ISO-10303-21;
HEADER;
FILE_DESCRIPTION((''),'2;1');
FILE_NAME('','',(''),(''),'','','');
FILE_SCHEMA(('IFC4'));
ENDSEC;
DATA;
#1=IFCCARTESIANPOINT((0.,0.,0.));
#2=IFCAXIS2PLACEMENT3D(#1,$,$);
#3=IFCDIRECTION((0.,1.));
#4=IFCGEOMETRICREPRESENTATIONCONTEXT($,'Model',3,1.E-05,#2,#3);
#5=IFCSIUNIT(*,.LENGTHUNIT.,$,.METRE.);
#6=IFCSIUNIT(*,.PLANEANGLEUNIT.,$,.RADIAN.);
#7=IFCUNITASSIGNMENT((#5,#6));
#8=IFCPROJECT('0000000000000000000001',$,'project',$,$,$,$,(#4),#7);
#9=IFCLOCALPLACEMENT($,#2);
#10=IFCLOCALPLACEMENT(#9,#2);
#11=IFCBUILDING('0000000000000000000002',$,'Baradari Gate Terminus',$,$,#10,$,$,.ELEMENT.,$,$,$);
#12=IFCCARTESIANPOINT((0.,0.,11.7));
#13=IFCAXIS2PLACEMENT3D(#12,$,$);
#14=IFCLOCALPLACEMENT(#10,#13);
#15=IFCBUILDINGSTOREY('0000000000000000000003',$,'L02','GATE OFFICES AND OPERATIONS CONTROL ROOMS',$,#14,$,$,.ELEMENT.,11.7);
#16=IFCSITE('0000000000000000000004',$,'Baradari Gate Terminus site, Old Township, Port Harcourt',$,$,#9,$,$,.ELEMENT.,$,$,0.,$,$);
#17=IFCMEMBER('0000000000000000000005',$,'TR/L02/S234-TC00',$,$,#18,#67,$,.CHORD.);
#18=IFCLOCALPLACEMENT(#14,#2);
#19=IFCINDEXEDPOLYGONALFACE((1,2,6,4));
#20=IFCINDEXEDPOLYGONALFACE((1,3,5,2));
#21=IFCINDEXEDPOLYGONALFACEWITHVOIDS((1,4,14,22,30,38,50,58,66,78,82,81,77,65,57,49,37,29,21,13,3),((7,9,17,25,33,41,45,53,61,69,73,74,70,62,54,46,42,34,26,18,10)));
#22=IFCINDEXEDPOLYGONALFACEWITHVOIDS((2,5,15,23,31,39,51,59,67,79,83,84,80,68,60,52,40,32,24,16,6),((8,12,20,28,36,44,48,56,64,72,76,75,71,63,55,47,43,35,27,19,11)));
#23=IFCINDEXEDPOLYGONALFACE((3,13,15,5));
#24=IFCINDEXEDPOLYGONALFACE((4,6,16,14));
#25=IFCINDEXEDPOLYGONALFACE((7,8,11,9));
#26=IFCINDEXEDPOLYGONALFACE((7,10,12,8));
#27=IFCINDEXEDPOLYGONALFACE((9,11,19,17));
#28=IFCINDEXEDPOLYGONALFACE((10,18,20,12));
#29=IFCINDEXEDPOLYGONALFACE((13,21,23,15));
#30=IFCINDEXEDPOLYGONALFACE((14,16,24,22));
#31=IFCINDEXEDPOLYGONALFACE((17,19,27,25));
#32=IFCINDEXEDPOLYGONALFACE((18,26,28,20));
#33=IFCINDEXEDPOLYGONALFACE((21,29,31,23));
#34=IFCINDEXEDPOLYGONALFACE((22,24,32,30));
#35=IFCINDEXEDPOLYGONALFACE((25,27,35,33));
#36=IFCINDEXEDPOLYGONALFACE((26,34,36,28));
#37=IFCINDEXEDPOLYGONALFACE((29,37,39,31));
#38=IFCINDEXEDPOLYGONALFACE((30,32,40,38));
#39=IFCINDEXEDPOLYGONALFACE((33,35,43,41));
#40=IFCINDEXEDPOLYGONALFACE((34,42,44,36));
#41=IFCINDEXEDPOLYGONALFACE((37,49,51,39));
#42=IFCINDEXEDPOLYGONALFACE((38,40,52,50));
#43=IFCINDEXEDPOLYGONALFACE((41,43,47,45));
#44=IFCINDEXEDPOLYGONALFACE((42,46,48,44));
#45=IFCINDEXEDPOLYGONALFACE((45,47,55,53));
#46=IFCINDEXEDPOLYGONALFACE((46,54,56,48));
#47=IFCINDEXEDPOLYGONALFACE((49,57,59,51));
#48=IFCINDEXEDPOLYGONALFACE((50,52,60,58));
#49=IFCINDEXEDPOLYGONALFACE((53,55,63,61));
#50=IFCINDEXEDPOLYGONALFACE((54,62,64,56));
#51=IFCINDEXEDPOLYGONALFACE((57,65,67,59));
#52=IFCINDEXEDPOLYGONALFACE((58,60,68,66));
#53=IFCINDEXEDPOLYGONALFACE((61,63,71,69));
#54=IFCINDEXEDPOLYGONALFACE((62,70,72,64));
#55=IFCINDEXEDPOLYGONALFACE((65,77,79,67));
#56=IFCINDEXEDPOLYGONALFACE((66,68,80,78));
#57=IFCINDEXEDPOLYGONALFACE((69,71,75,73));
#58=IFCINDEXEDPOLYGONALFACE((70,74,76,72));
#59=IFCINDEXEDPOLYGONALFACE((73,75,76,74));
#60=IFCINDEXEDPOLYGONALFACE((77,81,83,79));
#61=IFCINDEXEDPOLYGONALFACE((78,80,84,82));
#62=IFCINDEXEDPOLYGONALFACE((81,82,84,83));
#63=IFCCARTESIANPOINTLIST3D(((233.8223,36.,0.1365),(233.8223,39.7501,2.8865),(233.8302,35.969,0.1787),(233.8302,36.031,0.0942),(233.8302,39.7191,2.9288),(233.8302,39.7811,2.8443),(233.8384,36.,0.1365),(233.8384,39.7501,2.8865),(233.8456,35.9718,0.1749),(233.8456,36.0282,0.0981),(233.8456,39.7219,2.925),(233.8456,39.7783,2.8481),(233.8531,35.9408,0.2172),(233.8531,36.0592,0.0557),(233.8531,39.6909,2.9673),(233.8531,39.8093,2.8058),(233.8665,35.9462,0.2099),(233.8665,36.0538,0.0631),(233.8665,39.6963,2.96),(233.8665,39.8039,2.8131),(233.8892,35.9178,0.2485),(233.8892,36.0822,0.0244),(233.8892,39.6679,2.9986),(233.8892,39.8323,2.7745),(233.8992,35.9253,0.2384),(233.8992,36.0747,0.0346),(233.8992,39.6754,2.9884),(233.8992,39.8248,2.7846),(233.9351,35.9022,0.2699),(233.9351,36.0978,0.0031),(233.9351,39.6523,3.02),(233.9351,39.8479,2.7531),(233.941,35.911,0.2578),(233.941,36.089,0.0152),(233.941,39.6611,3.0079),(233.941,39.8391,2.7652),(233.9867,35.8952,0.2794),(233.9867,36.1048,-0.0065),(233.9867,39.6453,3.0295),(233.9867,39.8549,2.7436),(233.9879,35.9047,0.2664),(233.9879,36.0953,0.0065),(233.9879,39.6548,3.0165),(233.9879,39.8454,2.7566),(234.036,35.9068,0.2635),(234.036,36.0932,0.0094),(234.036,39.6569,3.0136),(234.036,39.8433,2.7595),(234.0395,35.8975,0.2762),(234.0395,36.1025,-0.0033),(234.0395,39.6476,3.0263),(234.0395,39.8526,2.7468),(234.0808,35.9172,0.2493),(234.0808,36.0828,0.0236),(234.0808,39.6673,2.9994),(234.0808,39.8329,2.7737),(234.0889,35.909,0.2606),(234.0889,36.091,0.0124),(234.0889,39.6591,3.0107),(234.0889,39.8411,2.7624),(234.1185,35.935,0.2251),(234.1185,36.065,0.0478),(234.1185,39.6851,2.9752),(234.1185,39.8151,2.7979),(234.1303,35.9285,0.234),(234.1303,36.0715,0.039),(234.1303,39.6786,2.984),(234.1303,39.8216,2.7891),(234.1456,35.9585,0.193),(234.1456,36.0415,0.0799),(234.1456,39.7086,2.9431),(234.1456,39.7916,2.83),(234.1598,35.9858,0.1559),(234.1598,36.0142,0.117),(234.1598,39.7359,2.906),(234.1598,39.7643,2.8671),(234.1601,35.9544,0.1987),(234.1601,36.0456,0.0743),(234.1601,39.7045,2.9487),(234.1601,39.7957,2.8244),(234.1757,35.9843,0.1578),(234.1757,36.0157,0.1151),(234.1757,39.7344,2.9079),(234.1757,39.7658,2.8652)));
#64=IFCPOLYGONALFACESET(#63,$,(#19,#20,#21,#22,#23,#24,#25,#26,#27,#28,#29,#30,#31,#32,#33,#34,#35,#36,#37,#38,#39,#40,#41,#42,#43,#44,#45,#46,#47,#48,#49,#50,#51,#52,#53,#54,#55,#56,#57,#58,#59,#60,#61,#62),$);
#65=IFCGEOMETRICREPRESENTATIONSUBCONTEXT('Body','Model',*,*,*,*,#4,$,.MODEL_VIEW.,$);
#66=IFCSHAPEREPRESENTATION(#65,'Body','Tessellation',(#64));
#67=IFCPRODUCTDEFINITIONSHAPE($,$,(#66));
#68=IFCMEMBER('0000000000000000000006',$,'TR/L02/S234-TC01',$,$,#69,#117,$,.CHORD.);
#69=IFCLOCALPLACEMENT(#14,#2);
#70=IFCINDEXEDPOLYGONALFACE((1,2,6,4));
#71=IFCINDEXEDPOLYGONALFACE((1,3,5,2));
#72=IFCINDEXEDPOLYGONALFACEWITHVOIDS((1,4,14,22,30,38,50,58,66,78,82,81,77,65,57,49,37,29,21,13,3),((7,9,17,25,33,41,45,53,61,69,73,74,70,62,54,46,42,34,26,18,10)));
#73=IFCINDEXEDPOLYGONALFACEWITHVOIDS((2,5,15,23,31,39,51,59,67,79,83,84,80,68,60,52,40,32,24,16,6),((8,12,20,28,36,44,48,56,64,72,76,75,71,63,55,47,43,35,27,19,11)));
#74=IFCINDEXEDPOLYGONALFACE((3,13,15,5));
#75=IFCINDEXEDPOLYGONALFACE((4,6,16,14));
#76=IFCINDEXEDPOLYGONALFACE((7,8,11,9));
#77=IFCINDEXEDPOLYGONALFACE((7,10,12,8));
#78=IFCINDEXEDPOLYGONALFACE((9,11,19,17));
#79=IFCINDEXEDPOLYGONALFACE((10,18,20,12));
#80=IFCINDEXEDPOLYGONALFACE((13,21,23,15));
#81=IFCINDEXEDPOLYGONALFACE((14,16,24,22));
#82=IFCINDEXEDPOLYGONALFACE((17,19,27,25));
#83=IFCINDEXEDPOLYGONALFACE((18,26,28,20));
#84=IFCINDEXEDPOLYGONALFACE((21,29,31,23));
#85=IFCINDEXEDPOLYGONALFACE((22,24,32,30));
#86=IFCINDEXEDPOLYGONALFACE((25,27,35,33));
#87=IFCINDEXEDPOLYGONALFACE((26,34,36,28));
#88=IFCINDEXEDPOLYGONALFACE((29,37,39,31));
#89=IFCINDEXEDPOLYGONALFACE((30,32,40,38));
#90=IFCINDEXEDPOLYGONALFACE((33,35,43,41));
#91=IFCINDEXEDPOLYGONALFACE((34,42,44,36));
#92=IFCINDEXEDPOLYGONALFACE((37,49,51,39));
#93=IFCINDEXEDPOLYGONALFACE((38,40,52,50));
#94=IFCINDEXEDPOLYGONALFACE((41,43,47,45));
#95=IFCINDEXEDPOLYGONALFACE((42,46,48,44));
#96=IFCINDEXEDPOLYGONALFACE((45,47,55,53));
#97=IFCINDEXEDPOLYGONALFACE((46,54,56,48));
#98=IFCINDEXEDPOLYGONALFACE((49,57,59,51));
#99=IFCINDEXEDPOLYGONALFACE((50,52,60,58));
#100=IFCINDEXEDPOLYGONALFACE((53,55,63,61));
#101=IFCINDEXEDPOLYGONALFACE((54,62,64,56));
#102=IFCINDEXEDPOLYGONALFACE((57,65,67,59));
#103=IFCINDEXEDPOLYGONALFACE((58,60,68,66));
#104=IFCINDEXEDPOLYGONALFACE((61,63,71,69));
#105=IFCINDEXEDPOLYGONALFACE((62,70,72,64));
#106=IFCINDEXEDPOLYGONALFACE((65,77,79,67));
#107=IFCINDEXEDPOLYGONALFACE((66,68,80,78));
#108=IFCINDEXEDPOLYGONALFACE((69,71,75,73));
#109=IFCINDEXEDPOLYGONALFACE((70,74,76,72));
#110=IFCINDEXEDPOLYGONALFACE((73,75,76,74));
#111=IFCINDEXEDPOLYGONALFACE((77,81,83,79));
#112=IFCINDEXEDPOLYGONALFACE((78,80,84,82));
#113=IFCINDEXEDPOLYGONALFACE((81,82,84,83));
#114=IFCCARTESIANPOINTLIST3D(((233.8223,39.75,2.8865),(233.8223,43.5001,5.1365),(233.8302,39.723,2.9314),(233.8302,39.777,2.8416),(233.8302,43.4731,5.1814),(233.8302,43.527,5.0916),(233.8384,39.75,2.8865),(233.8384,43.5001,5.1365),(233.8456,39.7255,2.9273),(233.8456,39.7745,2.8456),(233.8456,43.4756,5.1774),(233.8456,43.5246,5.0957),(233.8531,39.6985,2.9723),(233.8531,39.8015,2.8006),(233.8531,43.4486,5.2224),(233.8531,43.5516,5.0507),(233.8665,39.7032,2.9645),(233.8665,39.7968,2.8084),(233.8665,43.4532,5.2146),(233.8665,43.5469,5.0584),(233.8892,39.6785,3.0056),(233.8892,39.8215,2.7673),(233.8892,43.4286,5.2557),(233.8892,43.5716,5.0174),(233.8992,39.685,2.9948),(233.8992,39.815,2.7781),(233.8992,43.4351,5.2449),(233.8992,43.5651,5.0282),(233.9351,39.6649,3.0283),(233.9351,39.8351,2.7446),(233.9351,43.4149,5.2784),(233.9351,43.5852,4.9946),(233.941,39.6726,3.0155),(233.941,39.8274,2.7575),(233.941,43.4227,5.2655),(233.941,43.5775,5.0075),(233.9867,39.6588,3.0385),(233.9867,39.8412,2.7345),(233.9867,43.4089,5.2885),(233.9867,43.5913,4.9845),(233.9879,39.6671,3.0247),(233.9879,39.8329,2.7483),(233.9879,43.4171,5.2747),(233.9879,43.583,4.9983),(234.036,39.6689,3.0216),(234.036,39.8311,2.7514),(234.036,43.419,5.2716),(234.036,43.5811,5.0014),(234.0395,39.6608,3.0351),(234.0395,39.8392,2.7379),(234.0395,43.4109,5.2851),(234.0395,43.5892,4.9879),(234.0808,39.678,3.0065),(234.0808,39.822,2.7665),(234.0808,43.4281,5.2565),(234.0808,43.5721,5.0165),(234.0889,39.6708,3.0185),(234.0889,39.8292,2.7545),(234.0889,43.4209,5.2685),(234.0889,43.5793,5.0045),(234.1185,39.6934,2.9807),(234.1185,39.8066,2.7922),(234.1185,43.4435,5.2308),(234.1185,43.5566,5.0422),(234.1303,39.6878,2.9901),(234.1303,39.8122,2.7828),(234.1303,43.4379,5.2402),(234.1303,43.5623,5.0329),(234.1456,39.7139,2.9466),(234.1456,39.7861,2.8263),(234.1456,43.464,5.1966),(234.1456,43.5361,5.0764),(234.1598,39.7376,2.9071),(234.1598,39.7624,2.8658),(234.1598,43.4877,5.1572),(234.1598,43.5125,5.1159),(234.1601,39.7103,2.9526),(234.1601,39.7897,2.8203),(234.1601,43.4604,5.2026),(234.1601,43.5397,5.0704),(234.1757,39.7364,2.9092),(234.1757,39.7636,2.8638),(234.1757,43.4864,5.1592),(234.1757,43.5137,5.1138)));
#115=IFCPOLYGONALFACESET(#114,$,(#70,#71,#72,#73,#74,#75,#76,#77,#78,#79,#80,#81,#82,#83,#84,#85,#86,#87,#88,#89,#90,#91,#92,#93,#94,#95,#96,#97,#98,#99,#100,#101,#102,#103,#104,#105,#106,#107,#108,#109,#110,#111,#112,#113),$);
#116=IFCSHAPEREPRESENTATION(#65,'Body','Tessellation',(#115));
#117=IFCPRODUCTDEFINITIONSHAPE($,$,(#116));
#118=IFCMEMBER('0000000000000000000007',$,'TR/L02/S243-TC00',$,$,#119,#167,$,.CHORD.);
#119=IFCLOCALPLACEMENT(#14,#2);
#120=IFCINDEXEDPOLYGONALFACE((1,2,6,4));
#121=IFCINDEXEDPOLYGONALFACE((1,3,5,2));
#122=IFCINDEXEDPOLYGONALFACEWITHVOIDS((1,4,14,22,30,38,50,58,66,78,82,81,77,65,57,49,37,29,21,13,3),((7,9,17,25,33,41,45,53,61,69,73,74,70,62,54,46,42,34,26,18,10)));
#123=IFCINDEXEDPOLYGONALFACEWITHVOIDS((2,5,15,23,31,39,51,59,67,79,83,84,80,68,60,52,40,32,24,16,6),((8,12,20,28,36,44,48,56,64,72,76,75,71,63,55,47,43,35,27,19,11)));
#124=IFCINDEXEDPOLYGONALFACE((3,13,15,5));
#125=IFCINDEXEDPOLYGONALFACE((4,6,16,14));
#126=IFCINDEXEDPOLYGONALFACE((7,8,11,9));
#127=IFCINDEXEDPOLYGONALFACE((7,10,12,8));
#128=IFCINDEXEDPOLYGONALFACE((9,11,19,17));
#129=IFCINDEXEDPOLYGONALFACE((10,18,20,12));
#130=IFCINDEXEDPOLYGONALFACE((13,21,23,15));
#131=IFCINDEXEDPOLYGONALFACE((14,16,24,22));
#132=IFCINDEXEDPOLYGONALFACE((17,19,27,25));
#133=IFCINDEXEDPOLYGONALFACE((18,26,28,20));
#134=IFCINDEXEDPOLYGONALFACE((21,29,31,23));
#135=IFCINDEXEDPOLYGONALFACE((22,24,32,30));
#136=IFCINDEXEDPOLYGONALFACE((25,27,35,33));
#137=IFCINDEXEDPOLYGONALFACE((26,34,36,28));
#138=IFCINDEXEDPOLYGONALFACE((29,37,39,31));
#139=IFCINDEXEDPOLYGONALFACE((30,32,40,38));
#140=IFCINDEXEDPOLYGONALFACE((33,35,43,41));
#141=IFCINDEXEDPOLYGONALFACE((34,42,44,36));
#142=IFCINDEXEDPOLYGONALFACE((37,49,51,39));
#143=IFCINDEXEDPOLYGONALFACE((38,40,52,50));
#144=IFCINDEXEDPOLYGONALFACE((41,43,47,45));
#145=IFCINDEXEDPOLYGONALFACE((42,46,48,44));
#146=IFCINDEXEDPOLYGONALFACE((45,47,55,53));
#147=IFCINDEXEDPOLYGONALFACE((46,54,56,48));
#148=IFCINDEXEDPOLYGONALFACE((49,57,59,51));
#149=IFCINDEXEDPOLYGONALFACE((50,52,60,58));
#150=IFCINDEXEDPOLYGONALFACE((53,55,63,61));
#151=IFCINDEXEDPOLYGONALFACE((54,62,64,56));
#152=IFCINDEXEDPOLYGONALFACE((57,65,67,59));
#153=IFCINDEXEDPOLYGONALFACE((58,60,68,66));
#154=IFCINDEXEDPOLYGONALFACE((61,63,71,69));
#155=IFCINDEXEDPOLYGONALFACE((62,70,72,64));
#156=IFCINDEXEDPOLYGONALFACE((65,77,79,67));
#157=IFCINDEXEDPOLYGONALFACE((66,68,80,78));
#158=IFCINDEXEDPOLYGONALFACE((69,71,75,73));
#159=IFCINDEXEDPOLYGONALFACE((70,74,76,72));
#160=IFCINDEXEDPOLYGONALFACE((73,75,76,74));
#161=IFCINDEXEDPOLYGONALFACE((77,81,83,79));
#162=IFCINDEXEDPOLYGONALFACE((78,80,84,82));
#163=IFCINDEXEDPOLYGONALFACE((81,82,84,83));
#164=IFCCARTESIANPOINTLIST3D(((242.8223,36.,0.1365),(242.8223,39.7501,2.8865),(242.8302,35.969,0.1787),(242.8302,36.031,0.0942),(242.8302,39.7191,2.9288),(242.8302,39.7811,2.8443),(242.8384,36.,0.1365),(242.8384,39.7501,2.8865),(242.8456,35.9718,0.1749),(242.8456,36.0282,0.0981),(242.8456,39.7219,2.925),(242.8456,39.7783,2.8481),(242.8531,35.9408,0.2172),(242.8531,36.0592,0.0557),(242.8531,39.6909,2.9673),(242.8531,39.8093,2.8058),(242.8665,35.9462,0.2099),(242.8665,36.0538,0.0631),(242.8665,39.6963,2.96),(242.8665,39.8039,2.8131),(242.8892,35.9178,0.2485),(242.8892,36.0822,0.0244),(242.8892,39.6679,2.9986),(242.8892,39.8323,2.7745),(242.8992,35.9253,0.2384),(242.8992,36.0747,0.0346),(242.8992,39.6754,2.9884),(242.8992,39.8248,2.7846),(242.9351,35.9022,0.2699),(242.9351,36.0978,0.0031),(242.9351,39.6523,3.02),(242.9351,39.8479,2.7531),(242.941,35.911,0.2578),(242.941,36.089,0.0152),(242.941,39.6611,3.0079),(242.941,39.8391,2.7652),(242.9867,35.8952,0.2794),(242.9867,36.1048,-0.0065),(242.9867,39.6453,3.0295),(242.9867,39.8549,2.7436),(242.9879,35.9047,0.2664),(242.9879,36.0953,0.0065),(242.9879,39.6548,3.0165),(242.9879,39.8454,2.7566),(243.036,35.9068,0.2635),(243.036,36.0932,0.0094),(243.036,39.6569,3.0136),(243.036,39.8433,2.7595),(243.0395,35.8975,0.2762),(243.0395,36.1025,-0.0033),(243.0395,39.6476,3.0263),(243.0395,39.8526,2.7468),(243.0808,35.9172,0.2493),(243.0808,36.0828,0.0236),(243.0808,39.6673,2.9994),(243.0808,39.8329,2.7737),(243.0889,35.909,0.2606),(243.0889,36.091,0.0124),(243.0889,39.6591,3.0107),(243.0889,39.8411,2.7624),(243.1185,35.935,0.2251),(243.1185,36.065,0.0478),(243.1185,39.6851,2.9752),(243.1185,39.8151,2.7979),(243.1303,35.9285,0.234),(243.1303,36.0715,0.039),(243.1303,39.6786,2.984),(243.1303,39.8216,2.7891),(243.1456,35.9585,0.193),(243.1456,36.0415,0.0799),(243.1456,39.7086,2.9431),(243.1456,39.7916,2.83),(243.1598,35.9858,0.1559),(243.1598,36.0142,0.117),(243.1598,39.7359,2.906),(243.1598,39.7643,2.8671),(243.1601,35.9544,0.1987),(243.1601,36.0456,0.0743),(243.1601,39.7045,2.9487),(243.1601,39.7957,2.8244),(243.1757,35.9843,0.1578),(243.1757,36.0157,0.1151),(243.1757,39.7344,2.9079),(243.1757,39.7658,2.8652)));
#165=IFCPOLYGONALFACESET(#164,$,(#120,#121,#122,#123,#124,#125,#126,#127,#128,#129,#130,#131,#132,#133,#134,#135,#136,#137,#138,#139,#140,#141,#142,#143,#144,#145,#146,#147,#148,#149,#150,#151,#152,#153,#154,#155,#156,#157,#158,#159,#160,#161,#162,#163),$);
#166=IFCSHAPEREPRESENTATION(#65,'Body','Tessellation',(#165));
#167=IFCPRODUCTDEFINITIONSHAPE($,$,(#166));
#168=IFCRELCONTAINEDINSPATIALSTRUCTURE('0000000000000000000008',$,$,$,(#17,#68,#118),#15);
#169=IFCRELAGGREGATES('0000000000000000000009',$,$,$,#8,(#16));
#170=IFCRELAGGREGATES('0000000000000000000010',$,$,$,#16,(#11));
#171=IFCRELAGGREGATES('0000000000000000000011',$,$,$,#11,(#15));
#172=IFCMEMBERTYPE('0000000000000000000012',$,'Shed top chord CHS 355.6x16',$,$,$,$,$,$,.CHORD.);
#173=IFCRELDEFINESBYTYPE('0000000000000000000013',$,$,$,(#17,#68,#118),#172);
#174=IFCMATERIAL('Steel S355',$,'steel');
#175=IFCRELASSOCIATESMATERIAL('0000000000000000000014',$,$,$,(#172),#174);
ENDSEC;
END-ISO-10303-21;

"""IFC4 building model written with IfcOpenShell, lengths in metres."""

from ifc_helpers import new_model, si_unit, direction, frame, origin, origin_2d, place, context, subcontext, project, spatial, hollow_circle, extrude, material, material_profile, profile_set, type_object, element, save


model = new_model("IFC4")

# Units and contexts
model_context = context("Model", 3, precision=1e-05, world=origin(), true_north=direction((0.0, 1.0)))
body_context = subcontext(model_context, "Body", "Model", "MODEL_VIEW")
ifc_project = project(units=[si_unit("LENGTHUNIT", "METRE"), si_unit("PLANEANGLEUNIT", "RADIAN")], contexts=[model_context])

# Site, building, storey
site_placement = place(None, origin())
site = spatial("IfcSite", under=ifc_project, at=site_placement, Name="Baradari Gate Terminus site, Old Township, Port Harcourt", CompositionType="ELEMENT", RefElevation=0.0)
building_placement = place(site_placement, origin())
building = spatial("IfcBuilding", under=site, at=building_placement, Name="Baradari Gate Terminus", CompositionType="ELEMENT")
storey_placement = place(building_placement, frame((0.0, 0.0, 11.7)))
storey = spatial("IfcBuildingStorey", under=building, at=storey_placement, Name="L02", Description="GATE OFFICES AND OPERATIONS CONTROL ROOMS", CompositionType="ELEMENT", Elevation=11.7)

# Members
ifc_material_1 = material(Name="Steel S355", Category="steel")
ifc_material_profile_1 = material_profile(ifc_material_1, hollow_circle(Radius=0.1777, WallThickness=0.0161, at=origin_2d()), Name="CHS 355.6x16")
ifc_profile_set_1 = profile_set([ifc_material_profile_1], Name="Steel S355")
member_type_1 = type_object("IfcMemberType", Name="Shed top chord CHS 355.6x16", PredefinedType="CHORD", material=ifc_profile_set_1)
member_1_placement = place(storey_placement, frame((234.0, 36.0, 0.1365), z_axis=(0.0, 0.806405, 0.591364), x_axis=(-1.0, 0.0, 0.0)))
element("IfcMember", 1, at=member_1_placement, inside=storey, type_object=member_type_1, Name="TR/L02/S234-TC00", PredefinedType="CHORD", context=body_context, shape_type="SweptSolid", body=[
    extrude(hollow_circle(Radius=0.1777, WallThickness=0.0161, at=origin_2d()), origin(), (0.0, 0.0, 1.0), 4.6504),
])
member_2_placement = place(storey_placement, frame((234.0, 39.75, 2.8865), z_axis=(0.0, 0.857493, 0.514496), x_axis=(-1.0, 0.0, 0.0)))
element("IfcMember", 2, at=member_2_placement, inside=storey, type_object=member_type_1, Name="TR/L02/S234-TC01", PredefinedType="CHORD", context=body_context, shape_type="SweptSolid", body=[
    extrude(hollow_circle(Radius=0.1777, WallThickness=0.0161, at=origin_2d()), origin(), (0.0, 0.0, 1.0), 4.3733),
])
member_3_placement = place(storey_placement, frame((243.0, 36.0, 0.1365), z_axis=(0.0, 0.806405, 0.591364), x_axis=(-1.0, 0.0, 0.0)))
element("IfcMember", 3, at=member_3_placement, inside=storey, type_object=member_type_1, Name="TR/L02/S243-TC00", PredefinedType="CHORD", context=body_context, shape_type="SweptSolid", body=[
    extrude(hollow_circle(Radius=0.1777, WallThickness=0.0161, at=origin_2d()), origin(), (0.0, 0.0, 1.0), 4.6504),
])

save(model, "model.ifc")
